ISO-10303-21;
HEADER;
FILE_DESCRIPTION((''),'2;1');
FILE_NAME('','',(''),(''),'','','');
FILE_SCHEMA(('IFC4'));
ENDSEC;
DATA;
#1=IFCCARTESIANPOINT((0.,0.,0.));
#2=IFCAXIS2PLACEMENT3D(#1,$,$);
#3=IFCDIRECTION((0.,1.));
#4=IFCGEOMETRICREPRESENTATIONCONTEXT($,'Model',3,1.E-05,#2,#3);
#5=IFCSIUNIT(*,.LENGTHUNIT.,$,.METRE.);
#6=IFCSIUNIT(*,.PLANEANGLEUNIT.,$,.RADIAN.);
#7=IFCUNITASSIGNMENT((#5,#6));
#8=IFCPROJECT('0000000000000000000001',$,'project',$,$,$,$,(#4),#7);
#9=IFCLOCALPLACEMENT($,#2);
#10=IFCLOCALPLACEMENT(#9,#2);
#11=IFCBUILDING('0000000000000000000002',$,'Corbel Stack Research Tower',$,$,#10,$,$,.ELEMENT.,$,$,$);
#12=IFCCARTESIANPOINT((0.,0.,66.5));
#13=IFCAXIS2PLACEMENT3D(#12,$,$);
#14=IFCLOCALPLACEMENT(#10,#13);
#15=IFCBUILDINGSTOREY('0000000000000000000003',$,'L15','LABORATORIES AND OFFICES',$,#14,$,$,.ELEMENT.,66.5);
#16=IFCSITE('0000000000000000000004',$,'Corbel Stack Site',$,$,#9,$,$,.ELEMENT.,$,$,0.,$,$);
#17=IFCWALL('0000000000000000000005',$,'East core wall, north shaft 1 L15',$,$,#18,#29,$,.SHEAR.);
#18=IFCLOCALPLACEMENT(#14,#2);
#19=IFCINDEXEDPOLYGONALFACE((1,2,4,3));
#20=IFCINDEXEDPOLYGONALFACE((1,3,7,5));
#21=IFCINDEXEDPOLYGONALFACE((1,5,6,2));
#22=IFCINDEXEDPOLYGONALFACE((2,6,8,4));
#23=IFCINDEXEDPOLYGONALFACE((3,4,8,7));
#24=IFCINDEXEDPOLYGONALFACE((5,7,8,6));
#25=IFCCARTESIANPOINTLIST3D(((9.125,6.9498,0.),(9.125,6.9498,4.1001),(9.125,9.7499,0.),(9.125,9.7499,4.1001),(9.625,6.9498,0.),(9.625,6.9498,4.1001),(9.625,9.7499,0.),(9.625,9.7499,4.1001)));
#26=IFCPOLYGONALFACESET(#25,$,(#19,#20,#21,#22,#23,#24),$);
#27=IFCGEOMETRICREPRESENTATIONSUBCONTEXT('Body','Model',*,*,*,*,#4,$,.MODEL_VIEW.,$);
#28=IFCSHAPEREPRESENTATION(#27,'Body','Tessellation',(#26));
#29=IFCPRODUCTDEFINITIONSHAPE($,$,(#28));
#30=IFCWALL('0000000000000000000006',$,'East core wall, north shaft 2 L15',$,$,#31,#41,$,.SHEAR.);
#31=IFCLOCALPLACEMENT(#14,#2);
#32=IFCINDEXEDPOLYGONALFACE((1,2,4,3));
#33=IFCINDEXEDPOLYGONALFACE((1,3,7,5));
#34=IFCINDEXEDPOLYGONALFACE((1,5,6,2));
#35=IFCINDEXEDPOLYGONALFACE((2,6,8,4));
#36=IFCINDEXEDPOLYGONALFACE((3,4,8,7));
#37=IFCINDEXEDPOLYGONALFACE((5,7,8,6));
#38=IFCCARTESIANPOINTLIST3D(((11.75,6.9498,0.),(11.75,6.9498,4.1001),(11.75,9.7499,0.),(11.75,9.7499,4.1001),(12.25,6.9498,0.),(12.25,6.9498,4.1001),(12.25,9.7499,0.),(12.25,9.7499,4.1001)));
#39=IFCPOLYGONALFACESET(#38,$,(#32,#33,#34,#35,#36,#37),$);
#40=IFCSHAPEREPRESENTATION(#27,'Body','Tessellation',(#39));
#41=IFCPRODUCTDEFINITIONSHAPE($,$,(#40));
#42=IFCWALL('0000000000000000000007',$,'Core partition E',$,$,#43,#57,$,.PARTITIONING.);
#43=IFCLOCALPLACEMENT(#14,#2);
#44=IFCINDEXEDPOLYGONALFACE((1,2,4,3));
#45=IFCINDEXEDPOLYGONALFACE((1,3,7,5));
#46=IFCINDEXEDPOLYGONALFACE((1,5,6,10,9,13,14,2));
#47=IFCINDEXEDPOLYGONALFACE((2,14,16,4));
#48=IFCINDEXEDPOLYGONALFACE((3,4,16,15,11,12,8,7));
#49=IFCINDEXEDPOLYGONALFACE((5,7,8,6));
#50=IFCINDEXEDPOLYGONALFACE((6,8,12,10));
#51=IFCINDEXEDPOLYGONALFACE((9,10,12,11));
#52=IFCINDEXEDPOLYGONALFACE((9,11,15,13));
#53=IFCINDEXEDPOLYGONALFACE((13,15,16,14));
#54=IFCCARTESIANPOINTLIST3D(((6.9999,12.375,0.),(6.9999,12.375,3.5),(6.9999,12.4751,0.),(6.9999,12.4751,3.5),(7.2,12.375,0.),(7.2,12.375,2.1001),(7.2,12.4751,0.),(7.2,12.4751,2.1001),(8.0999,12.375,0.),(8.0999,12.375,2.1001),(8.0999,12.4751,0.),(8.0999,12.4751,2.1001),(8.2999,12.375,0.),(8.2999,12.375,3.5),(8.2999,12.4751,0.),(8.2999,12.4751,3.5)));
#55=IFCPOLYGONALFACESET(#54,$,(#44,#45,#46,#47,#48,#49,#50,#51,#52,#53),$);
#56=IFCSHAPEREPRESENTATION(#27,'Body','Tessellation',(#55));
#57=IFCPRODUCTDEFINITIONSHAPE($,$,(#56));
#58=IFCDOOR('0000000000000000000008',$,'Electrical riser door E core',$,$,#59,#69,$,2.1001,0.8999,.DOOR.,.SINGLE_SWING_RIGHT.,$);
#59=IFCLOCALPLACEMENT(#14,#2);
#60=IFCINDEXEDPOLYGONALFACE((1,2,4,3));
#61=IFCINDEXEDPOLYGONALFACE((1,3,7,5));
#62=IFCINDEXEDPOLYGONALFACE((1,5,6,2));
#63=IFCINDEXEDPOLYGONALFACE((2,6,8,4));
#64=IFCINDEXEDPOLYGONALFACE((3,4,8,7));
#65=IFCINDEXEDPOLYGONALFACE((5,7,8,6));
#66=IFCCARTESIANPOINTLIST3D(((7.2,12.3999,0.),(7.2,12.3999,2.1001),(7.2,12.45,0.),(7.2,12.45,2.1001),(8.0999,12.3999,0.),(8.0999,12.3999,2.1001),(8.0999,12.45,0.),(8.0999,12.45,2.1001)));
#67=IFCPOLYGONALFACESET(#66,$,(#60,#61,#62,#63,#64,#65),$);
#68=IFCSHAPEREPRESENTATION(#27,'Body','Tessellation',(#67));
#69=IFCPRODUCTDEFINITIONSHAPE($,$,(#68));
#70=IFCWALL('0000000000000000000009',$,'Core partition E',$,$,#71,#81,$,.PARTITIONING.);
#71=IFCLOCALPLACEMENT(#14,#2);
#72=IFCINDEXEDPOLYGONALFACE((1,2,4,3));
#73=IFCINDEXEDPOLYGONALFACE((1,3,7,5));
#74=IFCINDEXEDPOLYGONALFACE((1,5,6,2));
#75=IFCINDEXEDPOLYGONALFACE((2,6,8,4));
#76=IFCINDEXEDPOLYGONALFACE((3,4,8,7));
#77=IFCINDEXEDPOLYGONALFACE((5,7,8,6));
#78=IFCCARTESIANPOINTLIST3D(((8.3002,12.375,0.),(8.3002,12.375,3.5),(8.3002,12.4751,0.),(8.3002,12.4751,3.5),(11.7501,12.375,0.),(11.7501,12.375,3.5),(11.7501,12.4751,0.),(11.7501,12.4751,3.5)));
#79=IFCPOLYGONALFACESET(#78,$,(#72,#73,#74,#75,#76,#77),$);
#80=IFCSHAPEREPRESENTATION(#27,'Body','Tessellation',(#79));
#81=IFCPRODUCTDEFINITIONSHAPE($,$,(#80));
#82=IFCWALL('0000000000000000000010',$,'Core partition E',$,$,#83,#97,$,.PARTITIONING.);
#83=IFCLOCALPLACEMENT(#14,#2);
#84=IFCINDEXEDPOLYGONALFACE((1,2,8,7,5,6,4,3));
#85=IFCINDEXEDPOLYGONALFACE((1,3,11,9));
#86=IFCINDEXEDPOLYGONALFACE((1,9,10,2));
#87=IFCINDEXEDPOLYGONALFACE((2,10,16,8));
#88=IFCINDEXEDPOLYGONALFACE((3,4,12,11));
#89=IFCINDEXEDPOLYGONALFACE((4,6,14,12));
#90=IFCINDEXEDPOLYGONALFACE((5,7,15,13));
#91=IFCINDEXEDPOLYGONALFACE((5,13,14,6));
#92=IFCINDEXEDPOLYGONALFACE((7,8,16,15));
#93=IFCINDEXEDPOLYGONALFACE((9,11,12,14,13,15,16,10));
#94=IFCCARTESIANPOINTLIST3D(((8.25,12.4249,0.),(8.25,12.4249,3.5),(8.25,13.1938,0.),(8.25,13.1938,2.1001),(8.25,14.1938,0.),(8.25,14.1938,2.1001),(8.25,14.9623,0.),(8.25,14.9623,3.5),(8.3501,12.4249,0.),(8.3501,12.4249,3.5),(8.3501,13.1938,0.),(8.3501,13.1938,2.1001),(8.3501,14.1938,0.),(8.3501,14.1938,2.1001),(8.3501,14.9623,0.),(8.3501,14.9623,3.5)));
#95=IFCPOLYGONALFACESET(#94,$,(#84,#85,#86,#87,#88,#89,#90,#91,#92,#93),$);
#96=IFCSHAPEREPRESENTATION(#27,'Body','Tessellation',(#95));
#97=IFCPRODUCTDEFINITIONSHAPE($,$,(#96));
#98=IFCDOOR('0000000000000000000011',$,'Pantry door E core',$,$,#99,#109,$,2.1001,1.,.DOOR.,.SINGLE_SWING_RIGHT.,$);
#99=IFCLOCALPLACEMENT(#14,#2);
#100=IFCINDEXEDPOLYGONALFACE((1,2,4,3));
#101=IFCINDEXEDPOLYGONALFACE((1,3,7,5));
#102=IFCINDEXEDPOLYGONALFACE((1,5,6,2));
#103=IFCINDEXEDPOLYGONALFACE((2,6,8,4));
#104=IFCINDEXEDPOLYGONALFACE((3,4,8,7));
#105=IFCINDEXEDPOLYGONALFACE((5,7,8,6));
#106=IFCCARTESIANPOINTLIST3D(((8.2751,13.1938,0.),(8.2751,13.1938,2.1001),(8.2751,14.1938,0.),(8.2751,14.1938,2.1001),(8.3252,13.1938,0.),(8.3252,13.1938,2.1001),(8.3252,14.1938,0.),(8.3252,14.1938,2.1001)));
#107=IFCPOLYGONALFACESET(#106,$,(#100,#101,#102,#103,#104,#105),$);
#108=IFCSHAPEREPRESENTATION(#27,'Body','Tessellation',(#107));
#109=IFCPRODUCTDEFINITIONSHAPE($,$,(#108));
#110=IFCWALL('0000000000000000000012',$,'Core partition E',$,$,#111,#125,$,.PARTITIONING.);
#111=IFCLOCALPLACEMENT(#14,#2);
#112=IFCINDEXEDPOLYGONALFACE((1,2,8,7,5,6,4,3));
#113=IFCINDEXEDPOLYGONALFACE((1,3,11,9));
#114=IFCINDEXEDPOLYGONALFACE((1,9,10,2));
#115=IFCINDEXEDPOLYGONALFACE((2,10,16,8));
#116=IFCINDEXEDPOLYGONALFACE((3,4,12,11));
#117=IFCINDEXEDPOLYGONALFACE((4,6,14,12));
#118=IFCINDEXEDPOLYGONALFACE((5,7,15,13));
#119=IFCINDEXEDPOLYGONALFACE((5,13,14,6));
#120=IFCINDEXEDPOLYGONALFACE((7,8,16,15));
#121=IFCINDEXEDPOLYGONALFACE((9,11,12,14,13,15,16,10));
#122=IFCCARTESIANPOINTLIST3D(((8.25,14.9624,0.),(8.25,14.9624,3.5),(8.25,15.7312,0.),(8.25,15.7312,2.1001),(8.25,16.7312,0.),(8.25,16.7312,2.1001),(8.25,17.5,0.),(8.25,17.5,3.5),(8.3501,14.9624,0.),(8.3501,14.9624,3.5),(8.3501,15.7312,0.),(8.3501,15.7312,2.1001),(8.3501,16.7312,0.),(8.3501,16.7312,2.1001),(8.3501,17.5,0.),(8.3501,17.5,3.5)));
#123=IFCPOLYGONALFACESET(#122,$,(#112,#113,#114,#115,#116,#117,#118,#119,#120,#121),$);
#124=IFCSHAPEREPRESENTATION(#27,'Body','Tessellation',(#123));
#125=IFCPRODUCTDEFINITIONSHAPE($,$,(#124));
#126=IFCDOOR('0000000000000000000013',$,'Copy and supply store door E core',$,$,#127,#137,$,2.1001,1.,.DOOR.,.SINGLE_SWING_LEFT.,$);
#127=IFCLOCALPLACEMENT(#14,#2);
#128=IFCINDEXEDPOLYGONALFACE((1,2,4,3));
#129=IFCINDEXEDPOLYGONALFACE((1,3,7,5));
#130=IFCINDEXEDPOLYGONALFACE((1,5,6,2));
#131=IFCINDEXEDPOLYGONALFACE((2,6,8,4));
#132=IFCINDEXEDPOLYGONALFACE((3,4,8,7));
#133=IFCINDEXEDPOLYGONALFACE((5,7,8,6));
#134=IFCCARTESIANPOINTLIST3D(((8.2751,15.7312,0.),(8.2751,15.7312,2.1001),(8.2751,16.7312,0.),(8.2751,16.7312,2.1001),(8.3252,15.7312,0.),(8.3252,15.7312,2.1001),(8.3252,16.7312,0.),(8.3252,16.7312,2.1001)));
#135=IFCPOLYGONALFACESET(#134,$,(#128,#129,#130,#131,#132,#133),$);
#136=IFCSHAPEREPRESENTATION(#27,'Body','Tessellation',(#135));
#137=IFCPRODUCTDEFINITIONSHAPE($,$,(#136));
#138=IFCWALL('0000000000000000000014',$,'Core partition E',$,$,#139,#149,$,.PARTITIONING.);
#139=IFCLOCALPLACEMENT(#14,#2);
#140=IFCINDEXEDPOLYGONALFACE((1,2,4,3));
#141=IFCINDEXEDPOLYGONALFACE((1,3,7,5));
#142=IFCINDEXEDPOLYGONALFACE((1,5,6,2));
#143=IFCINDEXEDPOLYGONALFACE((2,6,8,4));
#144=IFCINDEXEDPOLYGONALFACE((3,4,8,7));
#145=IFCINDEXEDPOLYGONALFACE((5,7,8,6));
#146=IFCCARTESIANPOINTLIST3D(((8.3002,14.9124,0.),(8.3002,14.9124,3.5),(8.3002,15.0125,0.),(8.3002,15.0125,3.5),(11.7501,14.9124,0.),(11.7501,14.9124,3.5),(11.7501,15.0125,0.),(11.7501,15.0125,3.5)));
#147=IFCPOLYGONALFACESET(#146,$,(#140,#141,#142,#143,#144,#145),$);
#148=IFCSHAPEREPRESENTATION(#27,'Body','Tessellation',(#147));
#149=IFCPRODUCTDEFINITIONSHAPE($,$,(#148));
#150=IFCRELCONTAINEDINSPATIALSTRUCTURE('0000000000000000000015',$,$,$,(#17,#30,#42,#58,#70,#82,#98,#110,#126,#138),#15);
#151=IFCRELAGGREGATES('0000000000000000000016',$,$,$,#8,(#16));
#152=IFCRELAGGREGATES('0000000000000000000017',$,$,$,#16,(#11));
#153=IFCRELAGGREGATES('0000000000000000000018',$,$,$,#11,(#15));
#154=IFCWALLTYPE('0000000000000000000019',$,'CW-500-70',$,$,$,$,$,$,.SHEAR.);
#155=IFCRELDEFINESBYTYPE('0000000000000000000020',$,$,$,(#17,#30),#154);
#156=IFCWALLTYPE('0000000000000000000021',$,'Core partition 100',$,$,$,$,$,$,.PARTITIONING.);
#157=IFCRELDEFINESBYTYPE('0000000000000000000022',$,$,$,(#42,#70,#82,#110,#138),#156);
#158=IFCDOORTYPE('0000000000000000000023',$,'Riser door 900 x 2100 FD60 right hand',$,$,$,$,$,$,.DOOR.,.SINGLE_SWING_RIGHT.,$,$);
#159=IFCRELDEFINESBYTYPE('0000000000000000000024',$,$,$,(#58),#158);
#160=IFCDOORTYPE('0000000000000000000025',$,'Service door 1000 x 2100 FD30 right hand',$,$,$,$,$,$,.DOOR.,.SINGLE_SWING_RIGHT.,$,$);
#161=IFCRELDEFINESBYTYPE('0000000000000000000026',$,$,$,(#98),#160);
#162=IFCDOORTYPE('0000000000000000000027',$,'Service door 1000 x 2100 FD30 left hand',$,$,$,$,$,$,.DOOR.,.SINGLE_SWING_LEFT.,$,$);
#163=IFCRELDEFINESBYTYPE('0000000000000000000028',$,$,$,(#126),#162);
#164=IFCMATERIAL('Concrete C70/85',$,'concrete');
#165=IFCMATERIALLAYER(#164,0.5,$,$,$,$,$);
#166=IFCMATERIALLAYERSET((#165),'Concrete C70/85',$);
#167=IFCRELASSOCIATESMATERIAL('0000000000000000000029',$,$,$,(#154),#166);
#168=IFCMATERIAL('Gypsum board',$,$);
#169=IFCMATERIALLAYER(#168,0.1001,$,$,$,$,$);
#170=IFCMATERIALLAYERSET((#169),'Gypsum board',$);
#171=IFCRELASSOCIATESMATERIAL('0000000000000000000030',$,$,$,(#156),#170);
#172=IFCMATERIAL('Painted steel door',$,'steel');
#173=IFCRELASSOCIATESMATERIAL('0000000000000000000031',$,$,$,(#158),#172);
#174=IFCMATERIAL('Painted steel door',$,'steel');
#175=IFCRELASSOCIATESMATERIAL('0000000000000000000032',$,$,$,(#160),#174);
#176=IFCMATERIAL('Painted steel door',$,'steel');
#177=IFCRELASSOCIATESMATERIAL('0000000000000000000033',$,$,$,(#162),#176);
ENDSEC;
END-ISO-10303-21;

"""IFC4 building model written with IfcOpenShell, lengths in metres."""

from ifc_helpers import new_model, si_unit, direction, frame, frame_2d, origin, place, context, subcontext, project, spatial, rectangle, extrude, material, layer, layer_set, type_object, element, fill, save


model = new_model("IFC4")

# Units and contexts
model_context = context("Model", 3, precision=1e-05, world=origin(), true_north=direction((0.0, 1.0)))
body_context = subcontext(model_context, "Body", "Model", "MODEL_VIEW")
ifc_project = project(units=[si_unit("LENGTHUNIT", "METRE"), si_unit("PLANEANGLEUNIT", "RADIAN")], contexts=[model_context])

# Site, building, storey
site_placement = place(None, origin())
site = spatial("IfcSite", under=ifc_project, at=site_placement, Name="Corbel Stack Site", CompositionType="ELEMENT", RefElevation=0.0)
building_placement = place(site_placement, origin())
building = spatial("IfcBuilding", under=site, at=building_placement, Name="Corbel Stack Research Tower", CompositionType="ELEMENT")
storey_placement = place(building_placement, frame((0.0, 0.0, 66.5)))
storey = spatial("IfcBuildingStorey", under=building, at=storey_placement, Name="L15", Description="LABORATORIES AND OFFICES", CompositionType="ELEMENT", Elevation=66.5)

# Shared definitions
ifc_material_1 = material(Name="Concrete C70/85", Category="concrete")
ifc_layer_1 = layer(ifc_material_1, 0.5)
ifc_layer_set_1 = layer_set([ifc_layer_1], Name="Concrete C70/85")
wall_type_1 = type_object("IfcWallType", Name="CW-500-70", PredefinedType="SHEAR", material=ifc_layer_set_1)

# Walls
for number, where, z_axis, x_axis, name in (
    (1, (9.375, 6.95, 0.0), (0.0, 0.0, 1.0), (0.0, 1.0, 0.0), "East core wall, north shaft 1 L15"),
    (2, (12.0, 6.95, 0.0), (0.0, 0.0, 1.0), (0.0, 1.0, 0.0), "East core wall, north shaft 2 L15"),
):
    element("IfcWall", number, at=place(storey_placement, frame(where, z_axis=z_axis, x_axis=x_axis)), inside=storey, type_object=wall_type_1, Name=name, PredefinedType="SHEAR", context=body_context, shape_type="SweptSolid", body=[
        extrude(rectangle(XDim=2.8, YDim=0.5, at=frame_2d((1.3999, 0.0))), origin(), (0.0, 0.0, 1.0), 4.1001),
    ])

# Wall, opening, door
ifc_material_2 = material(Name="Gypsum board")
ifc_layer_2 = layer(ifc_material_2, 0.1001)
ifc_layer_set_2 = layer_set([ifc_layer_2], Name="Gypsum board")
wall_type_2 = type_object("IfcWallType", Name="Core partition 100", PredefinedType="PARTITIONING", material=ifc_layer_set_2)
wall_1_placement = place(storey_placement, frame((7.0, 12.425, 0.0), z_axis=(0.0, 0.0, 1.0), x_axis=(1.0, 0.0, 0.0)))
wall_1 = element("IfcWall", 3, at=wall_1_placement, inside=storey, type_object=wall_type_2, Name="Core partition E", PredefinedType="PARTITIONING", context=body_context, shape_type="SweptSolid", body=[
    extrude(rectangle(XDim=1.3, YDim=0.1001, at=frame_2d((0.6499, 0.0))), origin(), (0.0, 0.0, 1.0), 3.5),
])
opening_1_placement = place(wall_1_placement, frame((0.2, 0.0, 0.0)))
opening_1 = element("IfcOpeningElement", 4, at=opening_1_placement, cuts=wall_1, PredefinedType="OPENING", context=body_context, shape_type="SweptSolid", body=[
    extrude(rectangle(XDim=0.8999, YDim=2.1001, at=frame_2d((0.45, 1.05))), frame((0.0, 0.0601, 0.0), z_axis=(0.0, -1.0, 0.0), x_axis=(1.0, 0.0, 0.0)), (0.0, 0.0, 1.0), 0.1201),
])
ifc_material_3 = material(Name="Painted steel door", Category="steel")
door_type_1 = type_object("IfcDoorType", Name="Riser door 900 x 2100 FD60 right hand", OperationType="SINGLE_SWING_RIGHT", PredefinedType="DOOR", material=ifc_material_3)
door_1_placement = place(opening_1_placement, origin())
door_1 = element("IfcDoor", 5, at=door_1_placement, inside=storey, type_object=door_type_1, Name="Electrical riser door E core", OperationType="SINGLE_SWING_RIGHT", OverallHeight=2.1001, OverallWidth=0.8999, PredefinedType="DOOR", context=body_context, shape_type="SweptSolid", body=[
    extrude(rectangle(XDim=0.8999, YDim=2.1001, at=frame_2d((0.45, 1.05))), frame((0.0, 0.0249, 0.0), z_axis=(0.0, -1.0, 0.0), x_axis=(1.0, 0.0, 0.0)), (0.0, 0.0, 1.0), 0.05),
])
fill(opening_1, door_1)

# Wall
wall_2_placement = place(storey_placement, frame((8.3, 12.425, 0.0), z_axis=(0.0, 0.0, 1.0), x_axis=(1.0, 0.0, 0.0)))
element("IfcWall", 6, at=wall_2_placement, inside=storey, type_object=wall_type_2, Name="Core partition E", PredefinedType="PARTITIONING", context=body_context, shape_type="SweptSolid", body=[
    extrude(rectangle(XDim=3.45, YDim=0.1001, at=frame_2d((1.7251, 0.0))), origin(), (0.0, 0.0, 1.0), 3.5),
])

# Walls, openings, doors
wall_3_placement = place(storey_placement, frame((8.3, 12.425, 0.0), z_axis=(0.0, 0.0, 1.0), x_axis=(0.0, 1.0, 0.0)))
wall_3 = element("IfcWall", 7, at=wall_3_placement, inside=storey, type_object=wall_type_2, Name="Core partition E", PredefinedType="PARTITIONING", context=body_context, shape_type="SweptSolid", body=[
    extrude(rectangle(XDim=2.5374, YDim=0.1001, at=frame_2d((1.2686, 0.0))), origin(), (0.0, 0.0, 1.0), 3.5),
])
opening_2_placement = place(wall_3_placement, frame((0.7688, 0.0, 0.0)))
opening_2 = element("IfcOpeningElement", 8, at=opening_2_placement, cuts=wall_3, PredefinedType="OPENING", context=body_context, shape_type="SweptSolid", body=[
    extrude(rectangle(XDim=1.0, YDim=2.1001, at=frame_2d((0.5, 1.05))), frame((0.0, 0.0601, 0.0), z_axis=(0.0, -1.0, 0.0), x_axis=(1.0, 0.0, 0.0)), (0.0, 0.0, 1.0), 0.1201),
])
ifc_material_4 = material(Name="Painted steel door", Category="steel")
door_type_2 = type_object("IfcDoorType", Name="Service door 1000 x 2100 FD30 right hand", OperationType="SINGLE_SWING_RIGHT", PredefinedType="DOOR", material=ifc_material_4)
door_2_placement = place(opening_2_placement, origin())
door_2 = element("IfcDoor", 9, at=door_2_placement, inside=storey, type_object=door_type_2, Name="Pantry door E core", OperationType="SINGLE_SWING_RIGHT", OverallHeight=2.1001, OverallWidth=1.0, PredefinedType="DOOR", context=body_context, shape_type="SweptSolid", body=[
    extrude(rectangle(XDim=1.0, YDim=2.1001, at=frame_2d((0.5, 1.05))), frame((0.0, 0.0249, 0.0), z_axis=(0.0, -1.0, 0.0), x_axis=(1.0, 0.0, 0.0)), (0.0, 0.0, 1.0), 0.05),
])
fill(opening_2, door_2)
wall_4_placement = place(storey_placement, frame((8.3, 14.9624, 0.0), z_axis=(0.0, 0.0, 1.0), x_axis=(0.0, 1.0, 0.0)))
wall_4 = element("IfcWall", 10, at=wall_4_placement, inside=storey, type_object=wall_type_2, Name="Core partition E", PredefinedType="PARTITIONING", context=body_context, shape_type="SweptSolid", body=[
    extrude(rectangle(XDim=2.5376, YDim=0.1001, at=frame_2d((1.2688, 0.0))), origin(), (0.0, 0.0, 1.0), 3.5),
])
opening_3_placement = place(wall_4_placement, frame((0.7688, 0.0, 0.0)))
opening_3 = element("IfcOpeningElement", 11, at=opening_3_placement, cuts=wall_4, PredefinedType="OPENING", context=body_context, shape_type="SweptSolid", body=[
    extrude(rectangle(XDim=1.0, YDim=2.1001, at=frame_2d((0.5, 1.05))), frame((0.0, 0.0601, 0.0), z_axis=(0.0, -1.0, 0.0), x_axis=(1.0, 0.0, 0.0)), (0.0, 0.0, 1.0), 0.1201),
])
ifc_material_5 = material(Name="Painted steel door", Category="steel")
door_type_3 = type_object("IfcDoorType", Name="Service door 1000 x 2100 FD30 left hand", OperationType="SINGLE_SWING_LEFT", PredefinedType="DOOR", material=ifc_material_5)
door_3_placement = place(opening_3_placement, origin())
door_3 = element("IfcDoor", 12, at=door_3_placement, inside=storey, type_object=door_type_3, Name="Copy and supply store door E core", OperationType="SINGLE_SWING_LEFT", OverallHeight=2.1001, OverallWidth=1.0, PredefinedType="DOOR", context=body_context, shape_type="SweptSolid", body=[
    extrude(rectangle(XDim=1.0, YDim=2.1001, at=frame_2d((0.5, 1.05))), frame((0.0, 0.0249, 0.0), z_axis=(0.0, -1.0, 0.0), x_axis=(1.0, 0.0, 0.0)), (0.0, 0.0, 1.0), 0.05),
])
fill(opening_3, door_3)

# Wall
wall_5_placement = place(storey_placement, frame((8.3, 14.9624, 0.0), z_axis=(0.0, 0.0, 1.0), x_axis=(1.0, 0.0, 0.0)))
element("IfcWall", 13, at=wall_5_placement, inside=storey, type_object=wall_type_2, Name="Core partition E", PredefinedType="PARTITIONING", context=body_context, shape_type="SweptSolid", body=[
    extrude(rectangle(XDim=3.45, YDim=0.1001, at=frame_2d((1.7251, 0.0))), origin(), (0.0, 0.0, 1.0), 3.5),
])

save(model, "model.ifc")
